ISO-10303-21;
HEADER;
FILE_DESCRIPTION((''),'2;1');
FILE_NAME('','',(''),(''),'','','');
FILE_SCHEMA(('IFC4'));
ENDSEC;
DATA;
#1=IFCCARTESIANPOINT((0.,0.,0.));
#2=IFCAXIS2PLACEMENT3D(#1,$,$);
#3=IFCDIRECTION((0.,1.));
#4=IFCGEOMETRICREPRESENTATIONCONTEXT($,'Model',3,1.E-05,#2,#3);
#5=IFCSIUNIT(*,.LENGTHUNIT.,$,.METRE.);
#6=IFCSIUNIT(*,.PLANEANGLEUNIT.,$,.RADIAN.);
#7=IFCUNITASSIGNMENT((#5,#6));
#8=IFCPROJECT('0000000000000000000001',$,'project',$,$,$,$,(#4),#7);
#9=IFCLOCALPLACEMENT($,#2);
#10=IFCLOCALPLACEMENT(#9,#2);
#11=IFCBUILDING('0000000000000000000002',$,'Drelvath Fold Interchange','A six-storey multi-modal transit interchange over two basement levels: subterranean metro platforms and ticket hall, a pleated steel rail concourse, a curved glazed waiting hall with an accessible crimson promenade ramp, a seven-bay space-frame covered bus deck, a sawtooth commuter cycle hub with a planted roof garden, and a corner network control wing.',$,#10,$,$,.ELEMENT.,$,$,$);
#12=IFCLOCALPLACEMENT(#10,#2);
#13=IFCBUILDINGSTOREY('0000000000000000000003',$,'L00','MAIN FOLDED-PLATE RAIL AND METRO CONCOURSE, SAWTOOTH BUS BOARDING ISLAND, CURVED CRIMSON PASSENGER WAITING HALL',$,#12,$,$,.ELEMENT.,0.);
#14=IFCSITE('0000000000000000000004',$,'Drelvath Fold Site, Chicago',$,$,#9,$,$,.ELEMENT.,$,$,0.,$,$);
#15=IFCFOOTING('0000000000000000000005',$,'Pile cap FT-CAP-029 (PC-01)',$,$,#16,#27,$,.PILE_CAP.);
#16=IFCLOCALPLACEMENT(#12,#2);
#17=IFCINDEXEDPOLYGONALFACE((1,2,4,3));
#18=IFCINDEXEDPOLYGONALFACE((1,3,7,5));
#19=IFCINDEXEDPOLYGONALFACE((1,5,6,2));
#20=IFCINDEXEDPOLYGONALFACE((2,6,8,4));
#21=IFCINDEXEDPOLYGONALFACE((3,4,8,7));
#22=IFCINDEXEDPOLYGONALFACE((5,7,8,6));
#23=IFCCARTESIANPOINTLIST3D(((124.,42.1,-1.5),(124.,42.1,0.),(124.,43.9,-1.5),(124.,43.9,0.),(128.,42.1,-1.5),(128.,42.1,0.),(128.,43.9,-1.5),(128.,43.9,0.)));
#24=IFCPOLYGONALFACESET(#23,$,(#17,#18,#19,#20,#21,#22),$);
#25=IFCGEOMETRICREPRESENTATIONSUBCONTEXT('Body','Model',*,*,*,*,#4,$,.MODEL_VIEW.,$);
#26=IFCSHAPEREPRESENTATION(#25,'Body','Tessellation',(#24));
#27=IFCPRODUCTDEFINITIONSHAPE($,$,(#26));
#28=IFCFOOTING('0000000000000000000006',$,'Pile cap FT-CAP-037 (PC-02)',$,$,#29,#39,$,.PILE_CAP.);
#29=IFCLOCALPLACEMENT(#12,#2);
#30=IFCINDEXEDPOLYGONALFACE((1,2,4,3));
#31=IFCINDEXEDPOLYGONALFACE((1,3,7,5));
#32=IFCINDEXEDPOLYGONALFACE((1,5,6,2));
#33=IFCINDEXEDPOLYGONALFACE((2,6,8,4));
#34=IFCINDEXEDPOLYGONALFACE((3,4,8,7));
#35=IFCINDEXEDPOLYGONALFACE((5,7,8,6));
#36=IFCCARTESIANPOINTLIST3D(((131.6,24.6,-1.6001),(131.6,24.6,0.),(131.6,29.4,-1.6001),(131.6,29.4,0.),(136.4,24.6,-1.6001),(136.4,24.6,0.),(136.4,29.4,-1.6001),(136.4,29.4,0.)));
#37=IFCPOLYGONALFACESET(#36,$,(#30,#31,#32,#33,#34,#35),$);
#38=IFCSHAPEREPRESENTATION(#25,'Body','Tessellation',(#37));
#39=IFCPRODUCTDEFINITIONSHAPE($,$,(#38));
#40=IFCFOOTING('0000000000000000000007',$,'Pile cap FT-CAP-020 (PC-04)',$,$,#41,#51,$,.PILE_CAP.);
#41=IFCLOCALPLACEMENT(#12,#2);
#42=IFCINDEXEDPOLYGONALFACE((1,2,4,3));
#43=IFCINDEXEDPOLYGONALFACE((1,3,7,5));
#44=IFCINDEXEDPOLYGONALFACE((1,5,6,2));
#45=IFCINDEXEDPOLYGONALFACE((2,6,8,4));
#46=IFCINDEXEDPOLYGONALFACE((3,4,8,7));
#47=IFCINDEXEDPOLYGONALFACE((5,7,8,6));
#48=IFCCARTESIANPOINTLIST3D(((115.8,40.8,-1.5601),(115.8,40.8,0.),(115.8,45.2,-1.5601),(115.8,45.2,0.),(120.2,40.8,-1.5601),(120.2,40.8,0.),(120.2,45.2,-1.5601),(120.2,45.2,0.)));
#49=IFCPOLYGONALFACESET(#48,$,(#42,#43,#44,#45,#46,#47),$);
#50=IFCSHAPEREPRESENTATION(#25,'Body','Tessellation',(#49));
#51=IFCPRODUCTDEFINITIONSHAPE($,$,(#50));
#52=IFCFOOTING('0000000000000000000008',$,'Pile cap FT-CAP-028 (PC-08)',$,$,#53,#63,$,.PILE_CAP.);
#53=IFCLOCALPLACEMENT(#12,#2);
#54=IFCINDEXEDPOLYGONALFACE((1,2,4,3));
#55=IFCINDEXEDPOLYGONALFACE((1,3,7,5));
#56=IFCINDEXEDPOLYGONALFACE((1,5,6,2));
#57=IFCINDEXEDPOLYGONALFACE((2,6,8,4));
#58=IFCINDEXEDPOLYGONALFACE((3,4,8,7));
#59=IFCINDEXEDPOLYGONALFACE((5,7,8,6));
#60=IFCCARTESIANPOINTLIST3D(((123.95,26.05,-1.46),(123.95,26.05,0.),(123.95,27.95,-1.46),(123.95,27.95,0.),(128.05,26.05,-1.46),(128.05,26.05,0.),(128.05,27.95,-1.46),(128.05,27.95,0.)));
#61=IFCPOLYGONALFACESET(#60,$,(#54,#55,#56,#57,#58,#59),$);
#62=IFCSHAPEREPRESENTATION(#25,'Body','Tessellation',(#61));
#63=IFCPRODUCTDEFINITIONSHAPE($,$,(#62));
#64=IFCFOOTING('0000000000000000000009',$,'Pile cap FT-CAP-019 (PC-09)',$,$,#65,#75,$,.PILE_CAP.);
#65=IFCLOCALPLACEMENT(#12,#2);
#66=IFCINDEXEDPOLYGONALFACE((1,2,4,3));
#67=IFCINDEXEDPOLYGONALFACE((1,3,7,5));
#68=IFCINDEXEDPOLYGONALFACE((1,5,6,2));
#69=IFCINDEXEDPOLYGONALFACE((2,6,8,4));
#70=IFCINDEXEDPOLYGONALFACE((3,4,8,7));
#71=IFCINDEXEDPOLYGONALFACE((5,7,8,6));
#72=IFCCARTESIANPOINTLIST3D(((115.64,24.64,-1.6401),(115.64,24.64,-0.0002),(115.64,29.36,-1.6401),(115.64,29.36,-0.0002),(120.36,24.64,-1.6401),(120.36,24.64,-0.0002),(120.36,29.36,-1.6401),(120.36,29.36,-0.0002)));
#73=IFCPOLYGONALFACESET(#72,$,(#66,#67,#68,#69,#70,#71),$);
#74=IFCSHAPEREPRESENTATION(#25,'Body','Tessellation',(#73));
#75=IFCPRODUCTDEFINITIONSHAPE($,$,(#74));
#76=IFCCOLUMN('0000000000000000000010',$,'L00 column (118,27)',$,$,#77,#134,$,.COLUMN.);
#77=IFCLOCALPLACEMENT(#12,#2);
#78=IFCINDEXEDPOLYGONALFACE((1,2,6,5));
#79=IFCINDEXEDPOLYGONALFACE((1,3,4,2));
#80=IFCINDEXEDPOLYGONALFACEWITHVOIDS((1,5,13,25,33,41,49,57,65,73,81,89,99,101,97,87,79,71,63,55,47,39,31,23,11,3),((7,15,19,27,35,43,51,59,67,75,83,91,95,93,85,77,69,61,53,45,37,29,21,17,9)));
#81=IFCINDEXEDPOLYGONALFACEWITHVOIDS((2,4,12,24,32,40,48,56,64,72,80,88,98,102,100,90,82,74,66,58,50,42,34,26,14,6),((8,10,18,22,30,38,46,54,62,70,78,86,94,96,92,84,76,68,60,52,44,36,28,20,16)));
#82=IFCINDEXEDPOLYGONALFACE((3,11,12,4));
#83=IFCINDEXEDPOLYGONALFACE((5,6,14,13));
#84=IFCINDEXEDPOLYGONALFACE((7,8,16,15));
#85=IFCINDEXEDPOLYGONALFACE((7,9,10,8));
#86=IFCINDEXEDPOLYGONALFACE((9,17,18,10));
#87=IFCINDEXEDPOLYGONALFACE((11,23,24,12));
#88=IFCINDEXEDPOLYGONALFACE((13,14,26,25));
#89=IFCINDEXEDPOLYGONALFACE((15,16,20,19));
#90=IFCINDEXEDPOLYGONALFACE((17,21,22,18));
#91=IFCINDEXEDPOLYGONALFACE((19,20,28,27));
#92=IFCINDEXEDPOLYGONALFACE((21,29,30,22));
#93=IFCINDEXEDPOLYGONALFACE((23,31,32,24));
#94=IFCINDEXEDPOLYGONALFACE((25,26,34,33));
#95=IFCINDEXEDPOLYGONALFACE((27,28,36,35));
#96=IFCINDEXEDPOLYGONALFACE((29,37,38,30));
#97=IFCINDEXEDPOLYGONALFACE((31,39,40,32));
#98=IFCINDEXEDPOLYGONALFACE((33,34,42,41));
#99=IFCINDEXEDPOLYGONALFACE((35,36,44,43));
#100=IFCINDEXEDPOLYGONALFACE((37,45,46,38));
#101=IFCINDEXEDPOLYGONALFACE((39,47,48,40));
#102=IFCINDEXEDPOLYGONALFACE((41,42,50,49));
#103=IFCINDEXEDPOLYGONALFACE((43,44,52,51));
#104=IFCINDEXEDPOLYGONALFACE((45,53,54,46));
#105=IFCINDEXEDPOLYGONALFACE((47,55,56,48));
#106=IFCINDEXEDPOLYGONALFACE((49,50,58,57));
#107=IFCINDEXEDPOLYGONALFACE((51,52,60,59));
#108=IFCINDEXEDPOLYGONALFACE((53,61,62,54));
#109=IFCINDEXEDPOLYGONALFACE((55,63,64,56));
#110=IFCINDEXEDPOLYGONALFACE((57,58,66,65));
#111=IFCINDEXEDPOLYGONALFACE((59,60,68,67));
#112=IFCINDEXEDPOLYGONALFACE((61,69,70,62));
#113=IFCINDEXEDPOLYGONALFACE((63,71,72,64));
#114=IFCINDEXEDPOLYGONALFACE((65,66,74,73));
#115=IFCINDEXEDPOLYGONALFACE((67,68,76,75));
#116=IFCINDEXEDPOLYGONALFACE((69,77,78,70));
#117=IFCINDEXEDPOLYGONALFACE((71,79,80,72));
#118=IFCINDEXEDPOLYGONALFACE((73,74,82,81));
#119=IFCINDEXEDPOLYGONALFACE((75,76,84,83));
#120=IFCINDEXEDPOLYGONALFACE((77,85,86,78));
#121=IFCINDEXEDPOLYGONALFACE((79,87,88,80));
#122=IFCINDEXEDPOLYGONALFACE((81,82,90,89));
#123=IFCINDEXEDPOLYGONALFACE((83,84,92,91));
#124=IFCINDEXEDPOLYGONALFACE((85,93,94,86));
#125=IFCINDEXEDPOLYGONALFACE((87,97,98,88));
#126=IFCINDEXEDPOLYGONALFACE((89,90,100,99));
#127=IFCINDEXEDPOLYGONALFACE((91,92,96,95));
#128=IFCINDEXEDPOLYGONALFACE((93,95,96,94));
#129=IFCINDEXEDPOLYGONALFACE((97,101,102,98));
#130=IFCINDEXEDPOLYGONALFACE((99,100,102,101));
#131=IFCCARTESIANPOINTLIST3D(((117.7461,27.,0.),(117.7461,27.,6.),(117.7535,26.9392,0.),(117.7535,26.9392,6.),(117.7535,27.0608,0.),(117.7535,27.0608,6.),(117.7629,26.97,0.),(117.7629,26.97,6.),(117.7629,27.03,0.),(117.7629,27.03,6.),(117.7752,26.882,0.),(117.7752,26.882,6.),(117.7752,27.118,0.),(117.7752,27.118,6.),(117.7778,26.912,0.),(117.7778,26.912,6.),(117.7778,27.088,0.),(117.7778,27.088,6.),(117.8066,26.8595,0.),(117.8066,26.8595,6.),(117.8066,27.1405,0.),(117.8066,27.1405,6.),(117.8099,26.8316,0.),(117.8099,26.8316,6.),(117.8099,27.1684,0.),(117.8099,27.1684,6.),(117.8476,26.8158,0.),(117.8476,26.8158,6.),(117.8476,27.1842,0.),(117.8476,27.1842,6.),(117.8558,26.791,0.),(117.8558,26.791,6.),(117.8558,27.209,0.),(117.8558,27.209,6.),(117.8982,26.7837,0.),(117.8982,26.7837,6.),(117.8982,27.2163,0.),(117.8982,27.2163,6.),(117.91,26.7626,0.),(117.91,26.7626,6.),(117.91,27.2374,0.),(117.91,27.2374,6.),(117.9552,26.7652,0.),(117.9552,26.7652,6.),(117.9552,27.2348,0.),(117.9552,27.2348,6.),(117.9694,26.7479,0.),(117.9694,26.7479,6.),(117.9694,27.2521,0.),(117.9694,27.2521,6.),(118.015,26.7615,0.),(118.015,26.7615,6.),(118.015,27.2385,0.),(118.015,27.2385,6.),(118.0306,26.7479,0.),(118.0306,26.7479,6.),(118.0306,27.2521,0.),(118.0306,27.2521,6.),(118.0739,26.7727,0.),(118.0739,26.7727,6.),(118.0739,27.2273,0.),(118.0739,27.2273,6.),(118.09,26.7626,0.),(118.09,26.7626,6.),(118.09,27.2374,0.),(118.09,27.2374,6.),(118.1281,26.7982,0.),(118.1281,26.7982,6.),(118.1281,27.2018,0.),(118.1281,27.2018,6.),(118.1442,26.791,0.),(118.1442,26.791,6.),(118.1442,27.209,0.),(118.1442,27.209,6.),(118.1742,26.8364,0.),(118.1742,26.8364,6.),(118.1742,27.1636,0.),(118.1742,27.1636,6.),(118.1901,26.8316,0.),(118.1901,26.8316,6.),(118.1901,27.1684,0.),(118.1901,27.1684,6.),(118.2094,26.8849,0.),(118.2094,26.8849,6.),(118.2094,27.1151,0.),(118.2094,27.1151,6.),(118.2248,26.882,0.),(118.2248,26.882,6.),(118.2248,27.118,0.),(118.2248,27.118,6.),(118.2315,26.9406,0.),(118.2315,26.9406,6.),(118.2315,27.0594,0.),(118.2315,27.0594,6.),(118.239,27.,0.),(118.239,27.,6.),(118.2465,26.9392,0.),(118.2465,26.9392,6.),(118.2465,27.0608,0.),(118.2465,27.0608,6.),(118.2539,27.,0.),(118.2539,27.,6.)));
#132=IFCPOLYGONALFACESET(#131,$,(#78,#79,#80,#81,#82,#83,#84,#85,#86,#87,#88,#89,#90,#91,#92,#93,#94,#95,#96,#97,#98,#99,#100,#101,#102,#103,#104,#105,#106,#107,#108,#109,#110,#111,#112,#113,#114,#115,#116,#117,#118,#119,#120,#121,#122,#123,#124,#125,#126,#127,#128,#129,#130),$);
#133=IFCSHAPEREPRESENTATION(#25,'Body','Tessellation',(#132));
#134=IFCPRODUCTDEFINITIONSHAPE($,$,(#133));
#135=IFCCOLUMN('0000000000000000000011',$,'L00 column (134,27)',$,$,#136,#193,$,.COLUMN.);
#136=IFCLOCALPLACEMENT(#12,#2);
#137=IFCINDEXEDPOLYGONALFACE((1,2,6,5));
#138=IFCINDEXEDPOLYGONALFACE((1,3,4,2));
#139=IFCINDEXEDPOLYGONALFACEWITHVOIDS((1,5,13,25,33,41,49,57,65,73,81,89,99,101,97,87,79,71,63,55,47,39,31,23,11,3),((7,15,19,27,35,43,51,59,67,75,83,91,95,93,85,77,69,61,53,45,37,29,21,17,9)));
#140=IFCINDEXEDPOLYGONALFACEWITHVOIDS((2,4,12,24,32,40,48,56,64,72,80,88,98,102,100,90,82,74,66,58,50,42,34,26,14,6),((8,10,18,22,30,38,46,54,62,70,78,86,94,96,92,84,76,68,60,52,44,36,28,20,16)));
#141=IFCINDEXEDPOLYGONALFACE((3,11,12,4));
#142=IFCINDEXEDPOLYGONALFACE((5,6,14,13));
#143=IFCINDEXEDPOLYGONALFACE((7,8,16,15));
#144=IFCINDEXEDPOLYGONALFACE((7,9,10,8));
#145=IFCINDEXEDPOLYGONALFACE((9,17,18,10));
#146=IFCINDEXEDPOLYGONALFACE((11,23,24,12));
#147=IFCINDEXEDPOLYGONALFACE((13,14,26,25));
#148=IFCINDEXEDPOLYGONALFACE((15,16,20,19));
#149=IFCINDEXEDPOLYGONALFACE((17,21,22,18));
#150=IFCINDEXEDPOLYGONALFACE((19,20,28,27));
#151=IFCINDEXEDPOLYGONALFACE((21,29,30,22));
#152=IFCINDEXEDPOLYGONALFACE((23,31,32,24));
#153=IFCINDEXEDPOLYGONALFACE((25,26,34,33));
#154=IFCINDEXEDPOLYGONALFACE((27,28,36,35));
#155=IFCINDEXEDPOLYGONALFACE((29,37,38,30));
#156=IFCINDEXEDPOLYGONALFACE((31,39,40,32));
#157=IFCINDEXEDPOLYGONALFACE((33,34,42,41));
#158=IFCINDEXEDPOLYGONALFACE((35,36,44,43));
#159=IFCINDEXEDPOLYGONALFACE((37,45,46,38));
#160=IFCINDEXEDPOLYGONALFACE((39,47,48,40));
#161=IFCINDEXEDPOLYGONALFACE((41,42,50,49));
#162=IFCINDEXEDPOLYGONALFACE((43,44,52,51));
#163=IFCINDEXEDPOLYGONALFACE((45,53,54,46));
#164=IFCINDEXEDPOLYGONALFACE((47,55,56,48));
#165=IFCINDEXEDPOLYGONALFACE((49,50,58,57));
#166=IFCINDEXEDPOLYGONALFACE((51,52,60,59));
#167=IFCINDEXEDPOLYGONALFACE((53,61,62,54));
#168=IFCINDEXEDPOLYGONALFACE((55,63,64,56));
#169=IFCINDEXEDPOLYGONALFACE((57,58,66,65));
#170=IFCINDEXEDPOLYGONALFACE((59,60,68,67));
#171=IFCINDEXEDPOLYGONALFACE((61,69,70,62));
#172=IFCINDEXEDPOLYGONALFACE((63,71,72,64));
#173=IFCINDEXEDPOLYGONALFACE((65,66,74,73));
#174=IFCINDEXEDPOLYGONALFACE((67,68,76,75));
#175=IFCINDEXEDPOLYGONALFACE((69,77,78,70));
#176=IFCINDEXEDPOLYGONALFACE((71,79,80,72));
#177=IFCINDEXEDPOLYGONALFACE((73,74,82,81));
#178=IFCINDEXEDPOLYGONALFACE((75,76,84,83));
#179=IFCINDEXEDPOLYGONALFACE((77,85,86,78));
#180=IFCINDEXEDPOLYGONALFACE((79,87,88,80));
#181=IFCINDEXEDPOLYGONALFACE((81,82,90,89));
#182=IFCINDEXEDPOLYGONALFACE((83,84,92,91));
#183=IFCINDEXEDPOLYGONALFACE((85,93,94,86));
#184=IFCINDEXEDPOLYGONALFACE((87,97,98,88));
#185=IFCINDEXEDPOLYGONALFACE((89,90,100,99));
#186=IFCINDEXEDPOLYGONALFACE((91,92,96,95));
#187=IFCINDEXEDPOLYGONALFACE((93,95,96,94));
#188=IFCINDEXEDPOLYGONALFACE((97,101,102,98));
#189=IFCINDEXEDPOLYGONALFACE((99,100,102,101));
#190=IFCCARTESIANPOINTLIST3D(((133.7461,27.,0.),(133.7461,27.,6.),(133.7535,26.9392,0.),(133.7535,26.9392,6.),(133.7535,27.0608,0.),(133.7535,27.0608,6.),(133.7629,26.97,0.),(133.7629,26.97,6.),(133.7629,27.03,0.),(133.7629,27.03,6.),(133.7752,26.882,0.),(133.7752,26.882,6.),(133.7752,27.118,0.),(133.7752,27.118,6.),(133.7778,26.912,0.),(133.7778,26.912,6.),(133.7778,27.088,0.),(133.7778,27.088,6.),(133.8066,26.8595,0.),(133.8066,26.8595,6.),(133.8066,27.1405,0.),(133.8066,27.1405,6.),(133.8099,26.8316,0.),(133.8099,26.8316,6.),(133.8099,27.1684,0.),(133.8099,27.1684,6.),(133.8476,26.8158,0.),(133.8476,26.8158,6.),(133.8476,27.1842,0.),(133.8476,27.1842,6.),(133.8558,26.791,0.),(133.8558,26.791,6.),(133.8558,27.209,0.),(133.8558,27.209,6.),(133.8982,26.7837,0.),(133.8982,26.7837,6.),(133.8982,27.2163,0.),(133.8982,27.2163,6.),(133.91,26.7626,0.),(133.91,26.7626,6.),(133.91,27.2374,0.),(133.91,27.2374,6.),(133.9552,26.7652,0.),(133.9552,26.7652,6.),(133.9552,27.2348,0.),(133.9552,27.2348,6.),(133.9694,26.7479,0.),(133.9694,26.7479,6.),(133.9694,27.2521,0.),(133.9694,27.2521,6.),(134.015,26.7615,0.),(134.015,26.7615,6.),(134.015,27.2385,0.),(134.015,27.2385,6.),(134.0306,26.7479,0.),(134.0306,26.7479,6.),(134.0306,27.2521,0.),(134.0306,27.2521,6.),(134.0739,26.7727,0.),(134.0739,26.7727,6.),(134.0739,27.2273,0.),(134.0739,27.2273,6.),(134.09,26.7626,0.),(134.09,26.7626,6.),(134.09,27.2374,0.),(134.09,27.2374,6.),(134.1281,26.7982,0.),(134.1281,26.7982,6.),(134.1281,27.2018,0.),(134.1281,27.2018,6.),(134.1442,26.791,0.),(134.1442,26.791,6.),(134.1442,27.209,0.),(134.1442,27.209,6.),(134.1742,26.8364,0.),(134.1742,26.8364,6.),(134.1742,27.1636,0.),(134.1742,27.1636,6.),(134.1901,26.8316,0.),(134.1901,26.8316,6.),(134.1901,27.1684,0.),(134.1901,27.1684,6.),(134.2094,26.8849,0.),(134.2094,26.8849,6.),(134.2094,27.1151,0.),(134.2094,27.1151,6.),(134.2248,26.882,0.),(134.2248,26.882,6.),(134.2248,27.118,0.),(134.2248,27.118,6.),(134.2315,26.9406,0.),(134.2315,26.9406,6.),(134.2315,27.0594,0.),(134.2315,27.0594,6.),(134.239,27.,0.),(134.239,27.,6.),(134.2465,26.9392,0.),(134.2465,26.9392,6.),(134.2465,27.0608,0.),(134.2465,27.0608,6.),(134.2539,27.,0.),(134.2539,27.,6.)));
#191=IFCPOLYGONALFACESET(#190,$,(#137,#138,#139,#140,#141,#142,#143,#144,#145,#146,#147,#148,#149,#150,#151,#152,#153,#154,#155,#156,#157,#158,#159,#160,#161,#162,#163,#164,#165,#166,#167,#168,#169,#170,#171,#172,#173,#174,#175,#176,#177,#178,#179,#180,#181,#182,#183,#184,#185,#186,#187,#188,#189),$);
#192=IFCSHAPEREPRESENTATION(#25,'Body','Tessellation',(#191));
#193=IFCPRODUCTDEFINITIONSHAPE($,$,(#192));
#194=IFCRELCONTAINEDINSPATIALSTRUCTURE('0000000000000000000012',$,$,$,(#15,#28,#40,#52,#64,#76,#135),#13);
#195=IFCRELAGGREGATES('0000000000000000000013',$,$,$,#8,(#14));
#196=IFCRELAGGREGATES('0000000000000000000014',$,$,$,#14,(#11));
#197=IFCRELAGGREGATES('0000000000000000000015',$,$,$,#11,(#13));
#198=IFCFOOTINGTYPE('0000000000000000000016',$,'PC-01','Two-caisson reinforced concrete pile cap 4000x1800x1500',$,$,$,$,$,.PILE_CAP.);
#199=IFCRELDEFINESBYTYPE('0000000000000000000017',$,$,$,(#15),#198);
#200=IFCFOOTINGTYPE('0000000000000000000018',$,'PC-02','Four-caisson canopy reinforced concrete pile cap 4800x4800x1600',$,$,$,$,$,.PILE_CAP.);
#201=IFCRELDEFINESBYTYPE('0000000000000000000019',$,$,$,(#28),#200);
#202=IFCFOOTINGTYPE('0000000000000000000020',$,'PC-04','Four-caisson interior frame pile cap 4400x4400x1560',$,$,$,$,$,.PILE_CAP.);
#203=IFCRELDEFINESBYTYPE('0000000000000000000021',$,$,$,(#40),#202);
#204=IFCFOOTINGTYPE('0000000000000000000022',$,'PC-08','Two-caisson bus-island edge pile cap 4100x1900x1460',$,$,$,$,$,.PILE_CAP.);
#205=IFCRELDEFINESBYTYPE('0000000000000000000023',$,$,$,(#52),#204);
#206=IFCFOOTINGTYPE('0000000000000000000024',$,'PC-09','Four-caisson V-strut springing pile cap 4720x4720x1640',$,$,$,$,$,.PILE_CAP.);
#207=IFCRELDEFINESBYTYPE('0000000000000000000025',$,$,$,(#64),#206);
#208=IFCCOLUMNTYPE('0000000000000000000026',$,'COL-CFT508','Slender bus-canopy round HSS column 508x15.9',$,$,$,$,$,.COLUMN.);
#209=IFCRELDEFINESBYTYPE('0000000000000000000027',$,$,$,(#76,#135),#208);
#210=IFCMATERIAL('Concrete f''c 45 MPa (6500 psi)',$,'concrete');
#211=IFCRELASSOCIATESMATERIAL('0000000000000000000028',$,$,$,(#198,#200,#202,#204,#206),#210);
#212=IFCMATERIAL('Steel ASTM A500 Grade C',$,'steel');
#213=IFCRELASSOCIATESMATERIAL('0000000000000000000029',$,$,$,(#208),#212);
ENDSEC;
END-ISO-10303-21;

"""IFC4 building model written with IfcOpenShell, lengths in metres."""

from ifc_helpers import new_model, si_unit, direction, frame, origin, origin_2d, place, context, subcontext, project, spatial, rectangle, hollow_circle, extrude, material, material_profile, profile_set, type_object, element, save


model = new_model("IFC4")

# Units and contexts
model_context = context("Model", 3, precision=1e-05, world=origin(), true_north=direction((0.0, 1.0)))
body_context = subcontext(model_context, "Body", "Model", "MODEL_VIEW")
ifc_project = project(units=[si_unit("LENGTHUNIT", "METRE"), si_unit("PLANEANGLEUNIT", "RADIAN")], contexts=[model_context])

# Site, building, storey
site_placement = place(None, origin())
site = spatial("IfcSite", under=ifc_project, at=site_placement, Name="Drelvath Fold Site, Chicago", CompositionType="ELEMENT", RefElevation=0.0)
building_placement = place(site_placement, origin())
building = spatial("IfcBuilding", under=site, at=building_placement, Name="Drelvath Fold Interchange", Description="A six-storey multi-modal transit interchange over two basement levels: subterranean metro platforms and ticket hall, a pleated steel rail concourse, a curved glazed waiting hall with an accessible crimson promenade ramp, a seven-bay space-frame covered bus deck, a sawtooth commuter cycle hub with a planted roof garden, and a corner network control wing.", CompositionType="ELEMENT")
storey_placement = place(building_placement, origin())
storey = spatial("IfcBuildingStorey", under=building, at=storey_placement, Name="L00", Description="MAIN FOLDED-PLATE RAIL AND METRO CONCOURSE, SAWTOOTH BUS BOARDING ISLAND, CURVED CRIMSON PASSENGER WAITING HALL", CompositionType="ELEMENT", Elevation=0.0)

# Footings
ifc_material_1 = material(Name="Concrete f'c 45 MPa (6500 psi)", Category="concrete")
footing_type_1 = type_object("IfcFootingType", Name="PC-01", Description="Two-caisson reinforced concrete pile cap 4000x1800x1500", PredefinedType="PILE_CAP", material=ifc_material_1)
footing_1_placement = place(storey_placement, frame((126.0, 43.0, -1.5), z_axis=(0.0, 0.0, 1.0), x_axis=(1.0, 0.0, 0.0)))
element("IfcFooting", 1, at=footing_1_placement, inside=storey, type_object=footing_type_1, Name="Pile cap FT-CAP-029 (PC-01)", PredefinedType="PILE_CAP", context=body_context, shape_type="SweptSolid", body=[
    extrude(rectangle(XDim=4.0, YDim=1.8, at=origin_2d()), origin(), (0.0, 0.0, 1.0), 1.5),
])
footing_type_2 = type_object("IfcFootingType", Name="PC-02", Description="Four-caisson canopy reinforced concrete pile cap 4800x4800x1600", PredefinedType="PILE_CAP", material=ifc_material_1)
footing_2_placement = place(storey_placement, frame((134.0, 27.0, -1.6001), z_axis=(0.0, 0.0, 1.0), x_axis=(1.0, 0.0, 0.0)))
element("IfcFooting", 2, at=footing_2_placement, inside=storey, type_object=footing_type_2, Name="Pile cap FT-CAP-037 (PC-02)", PredefinedType="PILE_CAP", context=body_context, shape_type="SweptSolid", body=[
    extrude(rectangle(XDim=4.8, YDim=4.8, at=origin_2d()), origin(), (0.0, 0.0, 1.0), 1.6001),
])
footing_type_3 = type_object("IfcFootingType", Name="PC-04", Description="Four-caisson interior frame pile cap 4400x4400x1560", PredefinedType="PILE_CAP", material=ifc_material_1)
footing_3_placement = place(storey_placement, frame((118.0, 43.0, -1.5601), z_axis=(0.0, 0.0, 1.0), x_axis=(1.0, 0.0, 0.0)))
element("IfcFooting", 3, at=footing_3_placement, inside=storey, type_object=footing_type_3, Name="Pile cap FT-CAP-020 (PC-04)", PredefinedType="PILE_CAP", context=body_context, shape_type="SweptSolid", body=[
    extrude(rectangle(XDim=4.3999, YDim=4.3999, at=origin_2d()), origin(), (0.0, 0.0, 1.0), 1.5601),
])
footing_type_4 = type_object("IfcFootingType", Name="PC-08", Description="Two-caisson bus-island edge pile cap 4100x1900x1460", PredefinedType="PILE_CAP", material=ifc_material_1)
footing_4_placement = place(storey_placement, frame((126.0, 27.0, -1.46), z_axis=(0.0, 0.0, 1.0), x_axis=(1.0, 0.0, 0.0)))
element("IfcFooting", 4, at=footing_4_placement, inside=storey, type_object=footing_type_4, Name="Pile cap FT-CAP-028 (PC-08)", PredefinedType="PILE_CAP", context=body_context, shape_type="SweptSolid", body=[
    extrude(rectangle(XDim=4.1001, YDim=1.8999, at=origin_2d()), origin(), (0.0, 0.0, 1.0), 1.46),
])
footing_type_5 = type_object("IfcFootingType", Name="PC-09", Description="Four-caisson V-strut springing pile cap 4720x4720x1640", PredefinedType="PILE_CAP", material=ifc_material_1)
footing_5_placement = place(storey_placement, frame((118.0, 27.0, -1.6401), z_axis=(0.0, 0.0, 1.0), x_axis=(1.0, 0.0, 0.0)))
element("IfcFooting", 5, at=footing_5_placement, inside=storey, type_object=footing_type_5, Name="Pile cap FT-CAP-019 (PC-09)", PredefinedType="PILE_CAP", context=body_context, shape_type="SweptSolid", body=[
    extrude(rectangle(XDim=4.72, YDim=4.72, at=origin_2d()), origin(), (0.0, 0.0, 1.0), 1.6399),
])

# Columns
ifc_material_2 = material(Name="Steel ASTM A500 Grade C", Category="steel")
ifc_material_profile_1 = material_profile(ifc_material_2, hollow_circle(Radius=0.2539, WallThickness=0.0149, at=origin_2d()), Name="HSS20.000X0.625")
ifc_profile_set_1 = profile_set([ifc_material_profile_1], Name="Steel ASTM A500 Grade C")
column_type_1 = type_object("IfcColumnType", Name="COL-CFT508", Description="Slender bus-canopy round HSS column 508x15.9", PredefinedType="COLUMN", material=ifc_profile_set_1)
for number, where, z_axis, x_axis, name in (
    (6, (118.0, 27.0, 0.0), (0.0, 0.0, 1.0), (1.0, 0.0, 0.0), "L00 column (118,27)"),
    (7, (134.0, 27.0, 0.0), (0.0, 0.0, 1.0), (1.0, 0.0, 0.0), "L00 column (134,27)"),
):
    element("IfcColumn", number, at=place(storey_placement, frame(where, z_axis=z_axis, x_axis=x_axis)), inside=storey, type_object=column_type_1, Name=name, PredefinedType="COLUMN", context=body_context, shape_type="SweptSolid", body=[
        extrude(hollow_circle(Radius=0.2539, WallThickness=0.0149, at=origin_2d()), origin(), (0.0, 0.0, 1.0), 6.0),
    ])

save(model, "model.ifc")
